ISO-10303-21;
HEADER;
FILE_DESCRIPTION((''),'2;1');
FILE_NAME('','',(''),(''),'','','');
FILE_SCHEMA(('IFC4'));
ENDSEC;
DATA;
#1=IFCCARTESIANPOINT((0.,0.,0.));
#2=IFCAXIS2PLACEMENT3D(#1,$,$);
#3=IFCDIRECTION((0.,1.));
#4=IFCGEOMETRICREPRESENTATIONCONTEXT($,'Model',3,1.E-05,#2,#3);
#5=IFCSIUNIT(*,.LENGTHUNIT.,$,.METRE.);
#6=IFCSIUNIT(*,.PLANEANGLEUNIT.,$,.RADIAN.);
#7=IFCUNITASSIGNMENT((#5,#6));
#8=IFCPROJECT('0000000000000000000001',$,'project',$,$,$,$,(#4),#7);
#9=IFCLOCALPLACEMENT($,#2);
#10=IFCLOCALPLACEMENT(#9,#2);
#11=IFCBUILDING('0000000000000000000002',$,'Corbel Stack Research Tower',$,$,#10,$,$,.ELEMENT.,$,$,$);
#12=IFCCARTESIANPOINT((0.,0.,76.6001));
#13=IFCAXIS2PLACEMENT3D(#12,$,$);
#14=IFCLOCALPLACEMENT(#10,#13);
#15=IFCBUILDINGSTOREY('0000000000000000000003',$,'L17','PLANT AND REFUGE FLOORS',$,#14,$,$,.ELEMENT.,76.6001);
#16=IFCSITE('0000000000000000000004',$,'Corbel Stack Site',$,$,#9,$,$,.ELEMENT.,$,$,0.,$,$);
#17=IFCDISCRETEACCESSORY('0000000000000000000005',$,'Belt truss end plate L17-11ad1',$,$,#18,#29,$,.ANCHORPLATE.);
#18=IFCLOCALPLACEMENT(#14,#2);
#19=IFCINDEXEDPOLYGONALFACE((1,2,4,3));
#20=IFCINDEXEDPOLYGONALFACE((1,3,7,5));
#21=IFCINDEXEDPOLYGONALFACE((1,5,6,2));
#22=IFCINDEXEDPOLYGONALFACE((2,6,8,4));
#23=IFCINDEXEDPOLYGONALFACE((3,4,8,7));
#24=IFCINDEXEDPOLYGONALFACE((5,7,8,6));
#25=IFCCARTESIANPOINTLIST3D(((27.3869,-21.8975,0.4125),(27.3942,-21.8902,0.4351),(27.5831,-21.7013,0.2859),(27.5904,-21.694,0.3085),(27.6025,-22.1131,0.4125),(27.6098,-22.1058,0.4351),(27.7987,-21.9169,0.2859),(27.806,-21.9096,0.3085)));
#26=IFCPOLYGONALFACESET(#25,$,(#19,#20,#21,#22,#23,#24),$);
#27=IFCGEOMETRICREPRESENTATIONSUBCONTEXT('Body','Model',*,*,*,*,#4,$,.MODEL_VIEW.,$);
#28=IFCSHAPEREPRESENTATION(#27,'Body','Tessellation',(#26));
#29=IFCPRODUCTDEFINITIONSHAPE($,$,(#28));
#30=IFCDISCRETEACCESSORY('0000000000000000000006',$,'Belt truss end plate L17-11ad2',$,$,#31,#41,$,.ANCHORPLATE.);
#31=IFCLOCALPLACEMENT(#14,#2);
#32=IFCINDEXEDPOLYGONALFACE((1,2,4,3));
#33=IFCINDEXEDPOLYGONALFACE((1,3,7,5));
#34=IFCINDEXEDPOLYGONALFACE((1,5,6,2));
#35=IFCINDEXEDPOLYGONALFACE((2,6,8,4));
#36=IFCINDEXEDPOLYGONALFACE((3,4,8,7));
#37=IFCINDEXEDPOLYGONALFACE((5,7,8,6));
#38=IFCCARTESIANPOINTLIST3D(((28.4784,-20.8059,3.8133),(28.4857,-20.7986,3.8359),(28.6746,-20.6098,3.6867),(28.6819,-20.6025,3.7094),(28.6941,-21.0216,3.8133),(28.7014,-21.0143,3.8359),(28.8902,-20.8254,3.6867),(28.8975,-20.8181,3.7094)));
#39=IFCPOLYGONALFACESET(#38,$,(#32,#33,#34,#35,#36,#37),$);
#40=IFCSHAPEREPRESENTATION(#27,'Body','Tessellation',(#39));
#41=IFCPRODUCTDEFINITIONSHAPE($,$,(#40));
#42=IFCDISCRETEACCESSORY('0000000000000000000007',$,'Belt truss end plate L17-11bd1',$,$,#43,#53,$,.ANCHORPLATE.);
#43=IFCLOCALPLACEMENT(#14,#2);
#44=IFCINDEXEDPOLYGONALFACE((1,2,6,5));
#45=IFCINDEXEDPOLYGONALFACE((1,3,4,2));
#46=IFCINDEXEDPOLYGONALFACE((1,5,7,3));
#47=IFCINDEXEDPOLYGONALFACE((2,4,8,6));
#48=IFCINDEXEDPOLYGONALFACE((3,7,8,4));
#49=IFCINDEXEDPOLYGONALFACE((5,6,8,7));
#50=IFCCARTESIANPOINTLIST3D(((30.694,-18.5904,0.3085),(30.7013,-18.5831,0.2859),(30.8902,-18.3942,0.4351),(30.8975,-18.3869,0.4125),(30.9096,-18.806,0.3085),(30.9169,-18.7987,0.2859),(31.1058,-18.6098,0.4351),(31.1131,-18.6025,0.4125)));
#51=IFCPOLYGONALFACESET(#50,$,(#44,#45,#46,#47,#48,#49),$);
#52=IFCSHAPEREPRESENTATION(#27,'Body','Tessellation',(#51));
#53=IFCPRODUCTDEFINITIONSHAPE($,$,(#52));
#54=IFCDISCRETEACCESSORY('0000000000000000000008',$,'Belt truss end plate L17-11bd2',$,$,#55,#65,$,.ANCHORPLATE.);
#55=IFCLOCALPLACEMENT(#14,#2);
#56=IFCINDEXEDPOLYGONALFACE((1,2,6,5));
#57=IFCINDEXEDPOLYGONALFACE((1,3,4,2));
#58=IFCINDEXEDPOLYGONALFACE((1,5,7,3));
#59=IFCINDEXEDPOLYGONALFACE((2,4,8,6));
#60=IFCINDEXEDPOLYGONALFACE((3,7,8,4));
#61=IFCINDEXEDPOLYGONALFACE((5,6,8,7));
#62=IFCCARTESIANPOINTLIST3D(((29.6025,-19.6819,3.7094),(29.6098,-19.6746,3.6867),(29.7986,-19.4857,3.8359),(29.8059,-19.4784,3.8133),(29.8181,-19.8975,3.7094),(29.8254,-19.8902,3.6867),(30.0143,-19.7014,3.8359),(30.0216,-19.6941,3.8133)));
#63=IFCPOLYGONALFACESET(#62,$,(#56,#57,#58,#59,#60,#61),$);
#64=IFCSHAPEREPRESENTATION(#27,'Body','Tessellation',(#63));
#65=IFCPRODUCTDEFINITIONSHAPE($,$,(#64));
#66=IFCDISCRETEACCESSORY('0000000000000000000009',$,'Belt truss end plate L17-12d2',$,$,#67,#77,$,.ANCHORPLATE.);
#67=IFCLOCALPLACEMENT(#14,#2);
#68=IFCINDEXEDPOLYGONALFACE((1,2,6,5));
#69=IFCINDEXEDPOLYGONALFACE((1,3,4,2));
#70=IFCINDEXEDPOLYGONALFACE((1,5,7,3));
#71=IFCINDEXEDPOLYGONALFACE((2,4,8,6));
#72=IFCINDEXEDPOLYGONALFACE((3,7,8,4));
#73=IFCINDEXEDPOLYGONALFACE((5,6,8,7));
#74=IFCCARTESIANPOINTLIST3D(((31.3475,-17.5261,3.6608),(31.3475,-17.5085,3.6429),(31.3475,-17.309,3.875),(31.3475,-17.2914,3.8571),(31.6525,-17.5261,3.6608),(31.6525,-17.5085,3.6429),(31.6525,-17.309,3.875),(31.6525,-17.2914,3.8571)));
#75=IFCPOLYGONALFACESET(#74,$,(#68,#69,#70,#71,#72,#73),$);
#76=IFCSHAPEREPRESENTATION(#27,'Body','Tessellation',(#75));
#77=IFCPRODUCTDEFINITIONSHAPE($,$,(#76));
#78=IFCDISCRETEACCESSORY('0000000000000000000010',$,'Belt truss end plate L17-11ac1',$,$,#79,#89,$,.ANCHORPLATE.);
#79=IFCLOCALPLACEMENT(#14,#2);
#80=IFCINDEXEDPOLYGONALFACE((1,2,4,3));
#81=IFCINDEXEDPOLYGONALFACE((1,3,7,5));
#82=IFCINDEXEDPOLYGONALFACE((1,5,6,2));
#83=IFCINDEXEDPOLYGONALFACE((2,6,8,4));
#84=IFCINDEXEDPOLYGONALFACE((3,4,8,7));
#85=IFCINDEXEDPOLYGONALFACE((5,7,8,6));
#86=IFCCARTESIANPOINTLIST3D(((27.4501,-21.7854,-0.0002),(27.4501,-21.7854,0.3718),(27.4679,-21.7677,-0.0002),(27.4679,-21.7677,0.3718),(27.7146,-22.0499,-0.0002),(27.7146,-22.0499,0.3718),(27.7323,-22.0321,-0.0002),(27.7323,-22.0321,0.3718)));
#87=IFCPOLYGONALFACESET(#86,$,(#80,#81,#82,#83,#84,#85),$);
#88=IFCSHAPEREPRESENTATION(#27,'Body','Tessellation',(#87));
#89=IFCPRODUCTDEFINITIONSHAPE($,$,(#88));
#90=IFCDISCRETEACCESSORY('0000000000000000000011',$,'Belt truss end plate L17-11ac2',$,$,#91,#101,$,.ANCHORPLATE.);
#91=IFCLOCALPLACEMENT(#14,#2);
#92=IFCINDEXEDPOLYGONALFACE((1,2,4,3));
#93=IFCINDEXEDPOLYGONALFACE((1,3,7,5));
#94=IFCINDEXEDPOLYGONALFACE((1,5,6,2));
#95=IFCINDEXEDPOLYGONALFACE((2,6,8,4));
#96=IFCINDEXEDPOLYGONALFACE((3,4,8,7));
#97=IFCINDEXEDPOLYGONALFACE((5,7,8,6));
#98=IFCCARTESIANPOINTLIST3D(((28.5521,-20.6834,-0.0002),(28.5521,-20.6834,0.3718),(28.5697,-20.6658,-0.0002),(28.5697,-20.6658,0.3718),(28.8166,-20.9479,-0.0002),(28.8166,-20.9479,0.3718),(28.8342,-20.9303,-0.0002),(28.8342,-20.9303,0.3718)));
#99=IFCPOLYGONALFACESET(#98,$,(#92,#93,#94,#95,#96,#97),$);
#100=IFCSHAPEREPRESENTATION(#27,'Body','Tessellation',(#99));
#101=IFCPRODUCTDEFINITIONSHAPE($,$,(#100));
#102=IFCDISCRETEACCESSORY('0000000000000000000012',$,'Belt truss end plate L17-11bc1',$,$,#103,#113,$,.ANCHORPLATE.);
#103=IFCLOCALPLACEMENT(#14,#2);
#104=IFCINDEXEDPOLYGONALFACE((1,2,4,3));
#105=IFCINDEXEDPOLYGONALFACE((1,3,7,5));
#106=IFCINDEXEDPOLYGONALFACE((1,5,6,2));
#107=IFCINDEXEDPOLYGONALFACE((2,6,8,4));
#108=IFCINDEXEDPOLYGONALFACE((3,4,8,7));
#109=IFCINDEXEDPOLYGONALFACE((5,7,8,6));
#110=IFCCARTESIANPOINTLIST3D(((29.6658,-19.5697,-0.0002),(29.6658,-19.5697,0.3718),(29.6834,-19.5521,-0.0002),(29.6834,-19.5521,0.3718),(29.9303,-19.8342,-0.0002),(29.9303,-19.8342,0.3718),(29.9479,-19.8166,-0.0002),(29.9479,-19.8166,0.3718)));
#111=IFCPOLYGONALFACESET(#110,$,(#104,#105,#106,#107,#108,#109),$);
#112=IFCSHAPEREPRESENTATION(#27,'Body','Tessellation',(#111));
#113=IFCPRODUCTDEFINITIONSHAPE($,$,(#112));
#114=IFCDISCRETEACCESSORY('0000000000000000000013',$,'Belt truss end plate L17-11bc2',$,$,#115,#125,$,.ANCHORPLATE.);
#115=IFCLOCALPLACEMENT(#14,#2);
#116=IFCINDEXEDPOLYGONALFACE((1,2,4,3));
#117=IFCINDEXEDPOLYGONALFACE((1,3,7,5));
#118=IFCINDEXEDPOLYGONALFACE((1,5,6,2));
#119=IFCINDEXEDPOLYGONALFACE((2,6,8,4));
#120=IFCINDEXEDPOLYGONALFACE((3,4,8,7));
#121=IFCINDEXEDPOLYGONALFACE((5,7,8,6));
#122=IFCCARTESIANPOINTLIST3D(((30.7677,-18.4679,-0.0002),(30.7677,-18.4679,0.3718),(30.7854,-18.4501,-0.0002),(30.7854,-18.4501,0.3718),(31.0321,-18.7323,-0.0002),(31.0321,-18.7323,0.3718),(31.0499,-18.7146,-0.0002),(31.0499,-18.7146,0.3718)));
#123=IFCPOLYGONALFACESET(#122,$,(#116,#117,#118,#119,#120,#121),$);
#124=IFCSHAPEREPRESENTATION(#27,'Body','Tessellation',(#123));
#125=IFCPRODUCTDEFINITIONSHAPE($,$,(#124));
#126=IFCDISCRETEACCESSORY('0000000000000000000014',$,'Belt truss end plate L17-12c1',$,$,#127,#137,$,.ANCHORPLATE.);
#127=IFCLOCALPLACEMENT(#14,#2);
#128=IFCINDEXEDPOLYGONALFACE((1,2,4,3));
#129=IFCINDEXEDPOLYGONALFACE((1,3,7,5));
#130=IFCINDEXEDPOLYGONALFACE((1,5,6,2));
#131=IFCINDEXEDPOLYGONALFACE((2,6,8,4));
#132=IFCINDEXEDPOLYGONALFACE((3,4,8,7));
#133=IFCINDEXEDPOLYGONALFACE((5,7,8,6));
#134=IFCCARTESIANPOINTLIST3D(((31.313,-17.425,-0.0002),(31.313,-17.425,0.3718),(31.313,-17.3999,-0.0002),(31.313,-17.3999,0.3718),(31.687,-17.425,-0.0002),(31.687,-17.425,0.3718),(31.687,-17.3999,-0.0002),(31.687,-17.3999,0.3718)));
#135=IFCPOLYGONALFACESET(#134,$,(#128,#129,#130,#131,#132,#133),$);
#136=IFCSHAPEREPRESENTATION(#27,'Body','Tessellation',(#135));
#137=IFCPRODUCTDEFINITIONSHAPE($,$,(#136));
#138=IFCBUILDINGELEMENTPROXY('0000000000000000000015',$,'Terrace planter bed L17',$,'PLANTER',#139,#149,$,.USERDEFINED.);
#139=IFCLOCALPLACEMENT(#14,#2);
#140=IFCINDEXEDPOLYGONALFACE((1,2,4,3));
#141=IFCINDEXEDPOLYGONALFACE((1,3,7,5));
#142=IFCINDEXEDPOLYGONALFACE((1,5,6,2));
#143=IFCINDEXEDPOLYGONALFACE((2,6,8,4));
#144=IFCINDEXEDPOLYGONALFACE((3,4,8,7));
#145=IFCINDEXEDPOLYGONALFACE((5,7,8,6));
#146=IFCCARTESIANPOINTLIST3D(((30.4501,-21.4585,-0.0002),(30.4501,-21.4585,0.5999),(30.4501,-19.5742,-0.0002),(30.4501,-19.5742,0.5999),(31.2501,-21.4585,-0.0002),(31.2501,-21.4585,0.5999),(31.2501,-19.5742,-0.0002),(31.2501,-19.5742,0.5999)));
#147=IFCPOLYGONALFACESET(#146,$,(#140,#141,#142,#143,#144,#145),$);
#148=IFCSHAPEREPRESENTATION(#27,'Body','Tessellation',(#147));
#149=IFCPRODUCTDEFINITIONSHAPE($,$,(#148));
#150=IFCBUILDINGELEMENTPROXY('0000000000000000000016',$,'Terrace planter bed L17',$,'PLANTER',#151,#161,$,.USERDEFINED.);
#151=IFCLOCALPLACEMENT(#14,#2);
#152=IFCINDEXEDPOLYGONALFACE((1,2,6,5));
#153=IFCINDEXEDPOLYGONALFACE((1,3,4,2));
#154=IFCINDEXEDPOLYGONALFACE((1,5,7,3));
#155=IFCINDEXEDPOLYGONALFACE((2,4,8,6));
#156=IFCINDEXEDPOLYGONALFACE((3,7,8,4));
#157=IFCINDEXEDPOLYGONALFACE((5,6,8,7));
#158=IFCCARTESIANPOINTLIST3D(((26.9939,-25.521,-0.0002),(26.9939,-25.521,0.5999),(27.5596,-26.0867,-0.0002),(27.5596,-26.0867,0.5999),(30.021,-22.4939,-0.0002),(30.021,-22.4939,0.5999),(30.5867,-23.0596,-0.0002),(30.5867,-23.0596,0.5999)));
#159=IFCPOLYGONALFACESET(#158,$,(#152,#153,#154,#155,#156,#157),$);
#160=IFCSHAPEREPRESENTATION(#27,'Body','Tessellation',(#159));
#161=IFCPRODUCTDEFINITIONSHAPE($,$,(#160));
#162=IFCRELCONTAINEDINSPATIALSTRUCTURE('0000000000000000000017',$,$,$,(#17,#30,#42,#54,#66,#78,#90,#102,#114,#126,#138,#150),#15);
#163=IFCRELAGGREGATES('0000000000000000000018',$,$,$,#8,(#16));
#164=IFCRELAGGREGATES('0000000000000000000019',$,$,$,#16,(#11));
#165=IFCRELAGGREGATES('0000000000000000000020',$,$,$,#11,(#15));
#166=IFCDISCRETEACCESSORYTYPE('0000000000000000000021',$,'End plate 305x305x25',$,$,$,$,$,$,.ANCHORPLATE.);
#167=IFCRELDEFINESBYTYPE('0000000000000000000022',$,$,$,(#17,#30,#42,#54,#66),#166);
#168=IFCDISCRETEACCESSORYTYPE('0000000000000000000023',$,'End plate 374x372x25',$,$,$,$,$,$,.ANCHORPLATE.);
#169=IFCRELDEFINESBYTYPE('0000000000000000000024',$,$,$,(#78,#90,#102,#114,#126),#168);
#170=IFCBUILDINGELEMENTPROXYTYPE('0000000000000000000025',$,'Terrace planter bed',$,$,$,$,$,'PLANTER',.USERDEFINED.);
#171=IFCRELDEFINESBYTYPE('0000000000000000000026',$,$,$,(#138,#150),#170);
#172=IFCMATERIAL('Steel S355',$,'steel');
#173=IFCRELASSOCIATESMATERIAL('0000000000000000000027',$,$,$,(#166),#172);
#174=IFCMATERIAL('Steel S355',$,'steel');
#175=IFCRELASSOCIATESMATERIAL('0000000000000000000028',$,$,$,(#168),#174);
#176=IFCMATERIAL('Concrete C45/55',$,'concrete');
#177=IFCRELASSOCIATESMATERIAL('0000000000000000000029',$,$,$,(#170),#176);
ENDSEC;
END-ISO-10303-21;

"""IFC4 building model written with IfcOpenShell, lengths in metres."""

from ifc_helpers import new_model, si_unit, direction, frame, origin, origin_2d, place, context, subcontext, project, spatial, rectangle, extrude, material, material_profile, profile_set, type_object, element, save


model = new_model("IFC4")

# Units and contexts
model_context = context("Model", 3, precision=1e-05, world=origin(), true_north=direction((0.0, 1.0)))
body_context = subcontext(model_context, "Body", "Model", "MODEL_VIEW")
ifc_project = project(units=[si_unit("LENGTHUNIT", "METRE"), si_unit("PLANEANGLEUNIT", "RADIAN")], contexts=[model_context])

# Site, building, storey
site_placement = place(None, origin())
site = spatial("IfcSite", under=ifc_project, at=site_placement, Name="Corbel Stack Site", CompositionType="ELEMENT", RefElevation=0.0)
building_placement = place(site_placement, origin())
building = spatial("IfcBuilding", under=site, at=building_placement, Name="Corbel Stack Research Tower", CompositionType="ELEMENT")
storey_placement = place(building_placement, frame((0.0, 0.0, 76.6001)))
storey = spatial("IfcBuildingStorey", under=building, at=storey_placement, Name="L17", Description="PLANT AND REFUGE FLOORS", CompositionType="ELEMENT", Elevation=76.6001)

# Discrete accessories
ifc_material_1 = material(Name="Steel S355", Category="steel")
ifc_material_profile_1 = material_profile(ifc_material_1, rectangle(XDim=0.3049, YDim=0.3049, at=origin_2d()), Name="End plate 305x305x25")
ifc_profile_set_1 = profile_set([ifc_material_profile_1], Name="Steel S355")
discrete_accessory_type_1 = type_object("IfcDiscreteAccessoryType", Name="End plate 305x305x25", PredefinedType="ANCHORPLATE", material=ifc_profile_set_1)
for number, where, z_axis, x_axis, name in (
    (1, (27.6001, -21.8999, 0.3718), (-0.293484, -0.293484, -0.909799), (0.707107, -0.707107, 0.0), "Belt truss end plate L17-11ad1"),
    (2, (28.6843, -20.8157, 3.75), (0.293484, 0.293484, 0.909799), (-0.707107, 0.707107, 0.0), "Belt truss end plate L17-11ad2"),
    (3, (30.8999, -18.6001, 0.3718), (0.293484, 0.293484, -0.909799), (-0.707107, 0.707107, 0.0), "Belt truss end plate L17-11bd1"),
    (4, (29.8157, -19.6843, 3.75), (-0.293484, -0.293484, 0.909799), (0.707107, -0.707107, 0.0), "Belt truss end plate L17-11bd2"),
):
    element("IfcDiscreteAccessory", number, at=place(storey_placement, frame(where, z_axis=z_axis, x_axis=x_axis)), inside=storey, type_object=discrete_accessory_type_1, Name=name, PredefinedType="ANCHORPLATE", context=body_context, shape_type="SweptSolid", body=[
        extrude(rectangle(XDim=0.3049, YDim=0.3049, at=origin_2d()), origin(), (0.0, 0.0, 1.0), 0.0249),
    ])
discrete_accessory_1_placement = place(storey_placement, frame((31.5, -17.3999, 3.75), z_axis=(0.0, -0.702213, 0.711966), x_axis=(1.0, 0.0, 0.0)))
element("IfcDiscreteAccessory", 5, at=discrete_accessory_1_placement, inside=storey, type_object=discrete_accessory_type_1, Name="Belt truss end plate L17-12d2", PredefinedType="ANCHORPLATE", context=body_context, shape_type="SweptSolid", body=[
    extrude(rectangle(XDim=0.3049, YDim=0.3049, at=origin_2d()), origin(), (0.0, 0.0, 1.0), 0.0251),
])
ifc_material_2 = material(Name="Steel S355", Category="steel")
ifc_material_profile_2 = material_profile(ifc_material_2, rectangle(XDim=0.374, YDim=0.3721, at=origin_2d()), Name="End plate 374x372x25")
ifc_profile_set_2 = profile_set([ifc_material_profile_2], Name="Steel S355")
discrete_accessory_type_2 = type_object("IfcDiscreteAccessoryType", Name="End plate 374x372x25", PredefinedType="ANCHORPLATE", material=ifc_profile_set_2)
discrete_accessory_2_placement = place(storey_placement, frame((27.6001, -21.8999, 0.1858), z_axis=(-0.707107, -0.707107, 0.0), x_axis=(0.707107, -0.707107, 0.0)))
element("IfcDiscreteAccessory", 6, at=discrete_accessory_2_placement, inside=storey, type_object=discrete_accessory_type_2, Name="Belt truss end plate L17-11ac1", PredefinedType="ANCHORPLATE", context=body_context, shape_type="SweptSolid", body=[
    extrude(rectangle(XDim=0.374, YDim=0.3721, at=origin_2d()), origin(), (0.0, 0.0, 1.0), 0.0251),
])
for number, where, z_axis, x_axis, name in (
    (7, (28.6843, -20.8157, 0.1858), (0.707107, 0.707107, 0.0), (-0.707107, 0.707107, 0.0), "Belt truss end plate L17-11ac2"),
    (8, (29.8157, -19.6843, 0.1858), (-0.707107, -0.707107, 0.0), (0.707107, -0.707107, 0.0), "Belt truss end plate L17-11bc1"),
):
    element("IfcDiscreteAccessory", number, at=place(storey_placement, frame(where, z_axis=z_axis, x_axis=x_axis)), inside=storey, type_object=discrete_accessory_type_2, Name=name, PredefinedType="ANCHORPLATE", context=body_context, shape_type="SweptSolid", body=[
        extrude(rectangle(XDim=0.374, YDim=0.3721, at=origin_2d()), origin(), (0.0, 0.0, 1.0), 0.0249),
    ])
for number, where, z_axis, x_axis, name in (
    (9, (30.8999, -18.6001, 0.1858), (0.707107, 0.707107, 0.0), (-0.707107, 0.707107, 0.0), "Belt truss end plate L17-11bc2"),
    (10, (31.5, -17.3999, 0.1858), (0.0, -1.0, 0.0), (1.0, 0.0, 0.0), "Belt truss end plate L17-12c1"),
):
    element("IfcDiscreteAccessory", number, at=place(storey_placement, frame(where, z_axis=z_axis, x_axis=x_axis)), inside=storey, type_object=discrete_accessory_type_2, Name=name, PredefinedType="ANCHORPLATE", context=body_context, shape_type="SweptSolid", body=[
        extrude(rectangle(XDim=0.374, YDim=0.3721, at=origin_2d()), origin(), (0.0, 0.0, 1.0), 0.0251),
    ])

# Building element proxies
ifc_material_3 = material(Name="Concrete C45/55", Category="concrete")
building_element_proxy_type = type_object("IfcBuildingElementProxyType", Name="Terrace planter bed", ElementType="PLANTER", PredefinedType="USERDEFINED", material=ifc_material_3)
proxy_1_placement = place(storey_placement, frame((30.8501, -20.5164, -0.0002), z_axis=(0.0, 0.0, 1.0), x_axis=(0.0, -1.0, 0.0)))
element("IfcBuildingElementProxy", 11, at=proxy_1_placement, inside=storey, type_object=building_element_proxy_type, Name="Terrace planter bed L17", ObjectType="PLANTER", PredefinedType="USERDEFINED", context=body_context, shape_type="SweptSolid", body=[
    extrude(rectangle(XDim=1.8843, YDim=0.8, at=origin_2d()), origin(), (0.0, 0.0, 1.0), 0.6001),
])
proxy_2_placement = place(storey_placement, frame((28.7903, -24.2903, -0.0002), z_axis=(0.0, 0.0, 1.0), x_axis=(-0.707107, -0.707107, 0.0)))
element("IfcBuildingElementProxy", 12, at=proxy_2_placement, inside=storey, type_object=building_element_proxy_type, Name="Terrace planter bed L17", ObjectType="PLANTER", PredefinedType="USERDEFINED", context=body_context, shape_type="SweptSolid", body=[
    extrude(rectangle(XDim=4.281, YDim=0.8, at=origin_2d()), origin(), (0.0, 0.0, 1.0), 0.6001),
])

save(model, "model.ifc")
